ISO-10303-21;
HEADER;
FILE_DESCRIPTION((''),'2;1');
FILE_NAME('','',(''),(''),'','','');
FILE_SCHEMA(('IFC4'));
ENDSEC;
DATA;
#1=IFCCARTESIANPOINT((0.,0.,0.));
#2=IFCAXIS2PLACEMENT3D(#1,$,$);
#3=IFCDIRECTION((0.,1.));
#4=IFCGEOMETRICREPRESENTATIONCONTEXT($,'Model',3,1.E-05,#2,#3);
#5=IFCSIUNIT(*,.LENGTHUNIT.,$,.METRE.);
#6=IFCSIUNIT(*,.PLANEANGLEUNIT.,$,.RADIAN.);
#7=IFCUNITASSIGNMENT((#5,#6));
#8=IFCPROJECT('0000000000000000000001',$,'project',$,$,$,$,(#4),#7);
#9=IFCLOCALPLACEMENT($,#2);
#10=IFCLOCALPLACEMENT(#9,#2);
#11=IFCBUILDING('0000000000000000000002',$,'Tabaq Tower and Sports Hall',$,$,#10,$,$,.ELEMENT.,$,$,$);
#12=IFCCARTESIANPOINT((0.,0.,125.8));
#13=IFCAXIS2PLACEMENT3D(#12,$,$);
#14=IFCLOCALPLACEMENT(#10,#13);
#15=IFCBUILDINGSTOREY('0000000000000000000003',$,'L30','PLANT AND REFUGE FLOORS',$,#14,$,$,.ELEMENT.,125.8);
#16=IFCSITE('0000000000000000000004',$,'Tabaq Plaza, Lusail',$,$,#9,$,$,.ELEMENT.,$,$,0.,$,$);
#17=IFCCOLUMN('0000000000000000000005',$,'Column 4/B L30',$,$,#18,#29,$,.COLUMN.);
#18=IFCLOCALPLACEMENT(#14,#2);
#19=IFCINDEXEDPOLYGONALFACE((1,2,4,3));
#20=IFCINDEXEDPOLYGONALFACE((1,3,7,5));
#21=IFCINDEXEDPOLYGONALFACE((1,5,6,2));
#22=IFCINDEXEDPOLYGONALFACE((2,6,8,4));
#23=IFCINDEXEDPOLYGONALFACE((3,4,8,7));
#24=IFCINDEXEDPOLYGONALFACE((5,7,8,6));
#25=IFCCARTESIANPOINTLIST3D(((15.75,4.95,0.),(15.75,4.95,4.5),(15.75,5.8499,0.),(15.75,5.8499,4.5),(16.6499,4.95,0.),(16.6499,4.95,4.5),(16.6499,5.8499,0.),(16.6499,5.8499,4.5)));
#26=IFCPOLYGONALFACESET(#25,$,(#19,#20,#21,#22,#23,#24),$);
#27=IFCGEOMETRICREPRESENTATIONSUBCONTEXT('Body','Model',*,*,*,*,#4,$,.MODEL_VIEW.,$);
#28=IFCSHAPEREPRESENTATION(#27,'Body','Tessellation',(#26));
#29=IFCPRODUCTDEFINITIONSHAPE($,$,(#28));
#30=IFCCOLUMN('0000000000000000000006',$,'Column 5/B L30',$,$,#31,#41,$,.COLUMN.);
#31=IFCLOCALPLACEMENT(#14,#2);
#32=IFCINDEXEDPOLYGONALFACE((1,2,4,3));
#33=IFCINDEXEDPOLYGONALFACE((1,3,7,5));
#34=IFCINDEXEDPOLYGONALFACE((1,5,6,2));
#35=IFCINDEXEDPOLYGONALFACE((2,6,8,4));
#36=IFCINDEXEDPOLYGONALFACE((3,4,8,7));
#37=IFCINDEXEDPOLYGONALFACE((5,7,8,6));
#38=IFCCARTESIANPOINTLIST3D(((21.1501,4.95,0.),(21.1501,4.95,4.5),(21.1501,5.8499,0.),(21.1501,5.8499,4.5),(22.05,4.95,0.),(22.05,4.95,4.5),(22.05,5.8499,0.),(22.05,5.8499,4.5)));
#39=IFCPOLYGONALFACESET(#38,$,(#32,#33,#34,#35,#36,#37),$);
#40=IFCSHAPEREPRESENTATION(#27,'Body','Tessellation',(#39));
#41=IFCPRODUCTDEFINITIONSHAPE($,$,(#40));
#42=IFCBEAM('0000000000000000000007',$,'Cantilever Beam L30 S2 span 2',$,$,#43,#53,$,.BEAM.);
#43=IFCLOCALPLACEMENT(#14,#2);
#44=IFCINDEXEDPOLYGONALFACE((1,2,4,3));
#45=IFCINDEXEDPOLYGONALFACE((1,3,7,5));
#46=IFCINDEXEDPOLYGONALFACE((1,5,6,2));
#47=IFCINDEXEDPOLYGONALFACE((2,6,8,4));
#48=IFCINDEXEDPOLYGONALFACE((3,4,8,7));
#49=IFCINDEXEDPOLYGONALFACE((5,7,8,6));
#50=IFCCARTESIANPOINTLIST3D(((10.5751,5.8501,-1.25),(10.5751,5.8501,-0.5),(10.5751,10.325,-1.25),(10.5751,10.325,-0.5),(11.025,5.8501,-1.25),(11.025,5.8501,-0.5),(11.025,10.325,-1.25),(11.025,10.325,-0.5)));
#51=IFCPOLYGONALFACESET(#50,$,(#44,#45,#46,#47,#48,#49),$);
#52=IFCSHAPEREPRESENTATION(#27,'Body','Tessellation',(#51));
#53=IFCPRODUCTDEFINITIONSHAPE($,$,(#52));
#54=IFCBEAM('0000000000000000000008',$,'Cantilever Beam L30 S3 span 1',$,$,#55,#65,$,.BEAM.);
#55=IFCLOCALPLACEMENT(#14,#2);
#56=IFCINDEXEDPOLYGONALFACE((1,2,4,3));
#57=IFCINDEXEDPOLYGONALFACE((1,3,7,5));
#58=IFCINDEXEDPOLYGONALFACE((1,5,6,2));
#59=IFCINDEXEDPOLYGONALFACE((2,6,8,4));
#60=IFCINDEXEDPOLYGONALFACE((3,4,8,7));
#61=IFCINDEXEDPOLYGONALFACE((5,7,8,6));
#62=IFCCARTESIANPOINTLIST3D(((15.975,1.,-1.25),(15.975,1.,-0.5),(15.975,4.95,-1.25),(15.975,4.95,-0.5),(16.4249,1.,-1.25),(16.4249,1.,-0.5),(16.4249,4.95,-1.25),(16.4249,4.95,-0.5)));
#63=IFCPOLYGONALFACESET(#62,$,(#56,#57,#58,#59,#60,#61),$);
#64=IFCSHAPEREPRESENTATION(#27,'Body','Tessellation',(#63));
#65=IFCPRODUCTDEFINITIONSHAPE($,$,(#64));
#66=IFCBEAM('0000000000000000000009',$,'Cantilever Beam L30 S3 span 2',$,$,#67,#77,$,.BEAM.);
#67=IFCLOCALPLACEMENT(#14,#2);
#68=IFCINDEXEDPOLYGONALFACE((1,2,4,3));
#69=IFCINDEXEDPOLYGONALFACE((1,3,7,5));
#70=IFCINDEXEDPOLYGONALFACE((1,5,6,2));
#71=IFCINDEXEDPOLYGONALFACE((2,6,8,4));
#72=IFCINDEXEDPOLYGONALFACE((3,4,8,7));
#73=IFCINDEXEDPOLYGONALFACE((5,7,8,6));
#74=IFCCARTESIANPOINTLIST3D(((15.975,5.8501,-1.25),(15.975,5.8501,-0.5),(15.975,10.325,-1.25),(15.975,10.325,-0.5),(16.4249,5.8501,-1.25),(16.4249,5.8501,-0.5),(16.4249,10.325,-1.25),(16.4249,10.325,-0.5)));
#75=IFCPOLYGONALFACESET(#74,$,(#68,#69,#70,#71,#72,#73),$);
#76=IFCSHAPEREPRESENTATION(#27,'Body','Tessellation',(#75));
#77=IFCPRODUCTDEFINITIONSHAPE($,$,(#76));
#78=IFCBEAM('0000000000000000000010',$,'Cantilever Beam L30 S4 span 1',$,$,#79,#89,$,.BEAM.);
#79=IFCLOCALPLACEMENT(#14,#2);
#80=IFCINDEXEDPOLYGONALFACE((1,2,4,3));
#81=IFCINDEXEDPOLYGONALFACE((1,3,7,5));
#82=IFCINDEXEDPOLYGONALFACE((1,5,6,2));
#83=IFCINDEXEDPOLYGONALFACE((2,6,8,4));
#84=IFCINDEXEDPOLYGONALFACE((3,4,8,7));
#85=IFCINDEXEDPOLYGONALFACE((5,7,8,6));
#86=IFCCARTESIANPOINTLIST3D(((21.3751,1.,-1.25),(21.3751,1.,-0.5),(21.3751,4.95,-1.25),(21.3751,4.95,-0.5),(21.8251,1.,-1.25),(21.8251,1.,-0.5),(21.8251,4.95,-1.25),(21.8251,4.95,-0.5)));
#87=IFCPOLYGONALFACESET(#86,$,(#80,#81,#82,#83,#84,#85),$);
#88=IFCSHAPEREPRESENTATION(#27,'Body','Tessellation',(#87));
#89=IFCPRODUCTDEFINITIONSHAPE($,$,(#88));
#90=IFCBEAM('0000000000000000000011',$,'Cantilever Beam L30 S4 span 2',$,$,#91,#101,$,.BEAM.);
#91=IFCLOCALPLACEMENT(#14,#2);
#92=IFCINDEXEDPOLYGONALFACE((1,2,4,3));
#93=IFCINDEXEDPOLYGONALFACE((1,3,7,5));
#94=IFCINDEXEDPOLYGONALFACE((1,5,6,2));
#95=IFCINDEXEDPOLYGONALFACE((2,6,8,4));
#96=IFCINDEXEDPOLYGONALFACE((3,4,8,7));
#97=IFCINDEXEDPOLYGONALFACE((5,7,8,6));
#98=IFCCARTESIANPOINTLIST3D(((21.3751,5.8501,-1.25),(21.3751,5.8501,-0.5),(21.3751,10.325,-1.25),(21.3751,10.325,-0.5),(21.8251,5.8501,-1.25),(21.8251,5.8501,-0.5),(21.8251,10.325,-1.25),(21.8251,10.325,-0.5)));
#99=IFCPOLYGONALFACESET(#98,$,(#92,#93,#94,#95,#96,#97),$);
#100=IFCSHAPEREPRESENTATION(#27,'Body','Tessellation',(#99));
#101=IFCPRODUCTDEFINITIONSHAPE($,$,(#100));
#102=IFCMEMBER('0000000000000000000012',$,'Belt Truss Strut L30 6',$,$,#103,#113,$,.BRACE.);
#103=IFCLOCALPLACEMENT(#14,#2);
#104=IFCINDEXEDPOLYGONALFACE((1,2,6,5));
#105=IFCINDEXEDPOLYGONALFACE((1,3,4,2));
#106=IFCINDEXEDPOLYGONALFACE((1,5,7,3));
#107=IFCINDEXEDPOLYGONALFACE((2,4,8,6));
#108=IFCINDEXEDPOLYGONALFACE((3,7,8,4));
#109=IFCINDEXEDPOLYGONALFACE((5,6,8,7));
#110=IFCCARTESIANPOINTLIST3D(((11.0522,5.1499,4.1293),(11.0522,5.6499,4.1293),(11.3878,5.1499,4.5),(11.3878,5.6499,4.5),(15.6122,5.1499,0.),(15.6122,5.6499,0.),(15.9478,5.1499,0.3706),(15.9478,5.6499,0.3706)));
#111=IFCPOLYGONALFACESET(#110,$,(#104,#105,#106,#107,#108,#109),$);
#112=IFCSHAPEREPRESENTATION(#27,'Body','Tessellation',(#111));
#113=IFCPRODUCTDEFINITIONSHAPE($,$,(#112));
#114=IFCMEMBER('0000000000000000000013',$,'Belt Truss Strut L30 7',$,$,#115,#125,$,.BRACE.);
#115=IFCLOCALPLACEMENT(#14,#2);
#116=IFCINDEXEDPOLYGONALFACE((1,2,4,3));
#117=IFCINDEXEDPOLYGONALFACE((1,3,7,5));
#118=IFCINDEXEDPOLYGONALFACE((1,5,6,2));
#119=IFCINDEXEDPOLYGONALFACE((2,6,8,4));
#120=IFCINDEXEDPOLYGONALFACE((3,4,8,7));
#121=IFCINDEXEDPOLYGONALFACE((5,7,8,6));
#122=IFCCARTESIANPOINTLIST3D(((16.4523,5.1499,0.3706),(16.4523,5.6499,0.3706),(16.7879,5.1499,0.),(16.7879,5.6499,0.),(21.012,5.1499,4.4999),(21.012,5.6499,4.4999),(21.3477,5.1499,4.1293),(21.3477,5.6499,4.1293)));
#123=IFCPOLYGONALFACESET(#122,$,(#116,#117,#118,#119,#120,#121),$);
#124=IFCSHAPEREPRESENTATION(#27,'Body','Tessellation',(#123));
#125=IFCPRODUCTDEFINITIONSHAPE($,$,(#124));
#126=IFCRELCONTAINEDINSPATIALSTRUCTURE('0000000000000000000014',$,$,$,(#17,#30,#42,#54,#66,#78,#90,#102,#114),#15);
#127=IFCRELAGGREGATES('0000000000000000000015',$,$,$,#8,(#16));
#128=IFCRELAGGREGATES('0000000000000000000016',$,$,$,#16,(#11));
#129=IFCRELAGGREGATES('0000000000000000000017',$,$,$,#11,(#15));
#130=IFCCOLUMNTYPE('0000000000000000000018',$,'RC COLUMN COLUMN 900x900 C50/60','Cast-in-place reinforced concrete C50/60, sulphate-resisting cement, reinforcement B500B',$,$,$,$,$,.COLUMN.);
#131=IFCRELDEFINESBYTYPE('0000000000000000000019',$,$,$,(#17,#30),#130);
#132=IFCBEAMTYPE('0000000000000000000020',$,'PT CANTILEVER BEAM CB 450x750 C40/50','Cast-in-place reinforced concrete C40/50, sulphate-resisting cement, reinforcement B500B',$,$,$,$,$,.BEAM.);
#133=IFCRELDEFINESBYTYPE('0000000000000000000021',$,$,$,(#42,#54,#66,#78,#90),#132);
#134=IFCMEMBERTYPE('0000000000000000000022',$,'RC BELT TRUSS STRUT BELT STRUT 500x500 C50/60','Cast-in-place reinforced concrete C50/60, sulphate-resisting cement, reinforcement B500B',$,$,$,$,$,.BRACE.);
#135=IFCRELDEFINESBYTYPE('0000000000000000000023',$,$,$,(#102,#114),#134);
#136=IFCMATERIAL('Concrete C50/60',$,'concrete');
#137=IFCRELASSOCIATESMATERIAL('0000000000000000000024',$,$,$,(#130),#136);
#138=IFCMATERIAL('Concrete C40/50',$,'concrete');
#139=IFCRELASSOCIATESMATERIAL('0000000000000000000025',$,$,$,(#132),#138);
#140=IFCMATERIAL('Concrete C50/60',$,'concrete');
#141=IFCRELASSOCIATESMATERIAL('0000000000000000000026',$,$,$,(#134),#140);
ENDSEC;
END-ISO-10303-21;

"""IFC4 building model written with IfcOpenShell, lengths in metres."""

from ifc_helpers import new_model, si_unit, direction, frame, origin, origin_2d, place, context, subcontext, project, spatial, rectangle, extrude, material, material_profile, profile_set, type_object, element, save


model = new_model("IFC4")

# Units and contexts
model_context = context("Model", 3, precision=1e-05, world=origin(), true_north=direction((0.0, 1.0)))
body_context = subcontext(model_context, "Body", "Model", "MODEL_VIEW")
ifc_project = project(units=[si_unit("LENGTHUNIT", "METRE"), si_unit("PLANEANGLEUNIT", "RADIAN")], contexts=[model_context])

# Site, building, storey
site_placement = place(None, origin())
site = spatial("IfcSite", under=ifc_project, at=site_placement, Name="Tabaq Plaza, Lusail", CompositionType="ELEMENT", RefElevation=0.0)
building_placement = place(site_placement, origin())
building = spatial("IfcBuilding", under=site, at=building_placement, Name="Tabaq Tower and Sports Hall", CompositionType="ELEMENT")
storey_placement = place(building_placement, frame((0.0, 0.0, 125.8)))
storey = spatial("IfcBuildingStorey", under=building, at=storey_placement, Name="L30", Description="PLANT AND REFUGE FLOORS", CompositionType="ELEMENT", Elevation=125.8)

# Columns
ifc_material_1 = material(Name="Concrete C50/60", Category="concrete")
ifc_material_profile_1 = material_profile(ifc_material_1, rectangle(XDim=0.8999, YDim=0.8999, at=origin_2d()), Name="COLUMN 900x900")
ifc_profile_set_1 = profile_set([ifc_material_profile_1], Name="Concrete C50/60")
column_type = type_object("IfcColumnType", Name="RC COLUMN COLUMN 900x900 C50/60", Description="Cast-in-place reinforced concrete C50/60, sulphate-resisting cement, reinforcement B500B", PredefinedType="COLUMN", material=ifc_profile_set_1)
for number, where, z_axis, x_axis, name in (
    (1, (16.2, 5.3999, 0.0), (0.0, 0.0, 1.0), (1.0, 0.0, 0.0), "Column 4/B L30"),
    (2, (21.6001, 5.3999, 0.0), (0.0, 0.0, 1.0), (1.0, 0.0, 0.0), "Column 5/B L30"),
):
    element("IfcColumn", number, at=place(storey_placement, frame(where, z_axis=z_axis, x_axis=x_axis)), inside=storey, type_object=column_type, Name=name, PredefinedType="COLUMN", context=body_context, shape_type="SweptSolid", body=[
        extrude(rectangle(XDim=0.8999, YDim=0.8999, at=origin_2d()), origin(), (0.0, 0.0, 1.0), 4.5),
    ])

# Beams
ifc_material_2 = material(Name="Concrete C40/50", Category="concrete")
ifc_material_profile_2 = material_profile(ifc_material_2, rectangle(XDim=0.45, YDim=0.75, at=origin_2d()), Name="CB 450x750")
ifc_profile_set_2 = profile_set([ifc_material_profile_2], Name="Concrete C40/50")
beam_type = type_object("IfcBeamType", Name="PT CANTILEVER BEAM CB 450x750 C40/50", Description="Cast-in-place reinforced concrete C40/50, sulphate-resisting cement, reinforcement B500B", PredefinedType="BEAM", material=ifc_profile_set_2)
beam_1_placement = place(storey_placement, frame((10.8, 5.8501, -0.875), z_axis=(0.0, 1.0, 0.0), x_axis=(-1.0, 0.0, 0.0)))
element("IfcBeam", 3, at=beam_1_placement, inside=storey, type_object=beam_type, Name="Cantilever Beam L30 S2 span 2", PredefinedType="BEAM", context=body_context, shape_type="SweptSolid", body=[
    extrude(rectangle(XDim=0.45, YDim=0.75, at=origin_2d()), origin(), (0.0, 0.0, 1.0), 4.4749),
])
beam_2_placement = place(storey_placement, frame((16.2, 1.0, -0.875), z_axis=(0.0, 1.0, 0.0), x_axis=(-1.0, 0.0, 0.0)))
element("IfcBeam", 4, at=beam_2_placement, inside=storey, type_object=beam_type, Name="Cantilever Beam L30 S3 span 1", PredefinedType="BEAM", context=body_context, shape_type="SweptSolid", body=[
    extrude(rectangle(XDim=0.45, YDim=0.75, at=origin_2d()), origin(), (0.0, 0.0, 1.0), 3.95),
])
beam_3_placement = place(storey_placement, frame((16.2, 5.8501, -0.875), z_axis=(0.0, 1.0, 0.0), x_axis=(-1.0, 0.0, 0.0)))
element("IfcBeam", 5, at=beam_3_placement, inside=storey, type_object=beam_type, Name="Cantilever Beam L30 S3 span 2", PredefinedType="BEAM", context=body_context, shape_type="SweptSolid", body=[
    extrude(rectangle(XDim=0.45, YDim=0.75, at=origin_2d()), origin(), (0.0, 0.0, 1.0), 4.4749),
])
beam_4_placement = place(storey_placement, frame((21.6001, 1.0, -0.875), z_axis=(0.0, 1.0, 0.0), x_axis=(-1.0, 0.0, 0.0)))
element("IfcBeam", 6, at=beam_4_placement, inside=storey, type_object=beam_type, Name="Cantilever Beam L30 S4 span 1", PredefinedType="BEAM", context=body_context, shape_type="SweptSolid", body=[
    extrude(rectangle(XDim=0.45, YDim=0.75, at=origin_2d()), origin(), (0.0, 0.0, 1.0), 3.95),
])
beam_5_placement = place(storey_placement, frame((21.6001, 5.8501, -0.875), z_axis=(0.0, 1.0, 0.0), x_axis=(-1.0, 0.0, 0.0)))
element("IfcBeam", 7, at=beam_5_placement, inside=storey, type_object=beam_type, Name="Cantilever Beam L30 S4 span 2", PredefinedType="BEAM", context=body_context, shape_type="SweptSolid", body=[
    extrude(rectangle(XDim=0.45, YDim=0.75, at=origin_2d()), origin(), (0.0, 0.0, 1.0), 4.4749),
])

# Members
ifc_material_3 = material(Name="Concrete C50/60", Category="concrete")
ifc_material_profile_3 = material_profile(ifc_material_3, rectangle(XDim=0.5, YDim=0.5, at=origin_2d()), Name="BELT STRUT 500x500")
ifc_profile_set_3 = profile_set([ifc_material_profile_3], Name="Concrete C50/60")
member_type = type_object("IfcMemberType", Name="RC BELT TRUSS STRUT BELT STRUT 500x500 C50/60", Description="Cast-in-place reinforced concrete C50/60, sulphate-resisting cement, reinforcement B500B", PredefinedType="BRACE", material=ifc_profile_set_3)
member_1_placement = place(storey_placement, frame((15.78, 5.3999, 0.1853), z_axis=(-0.741242, 0.0, 0.671237), x_axis=(0.0, -1.0, 0.0)))
element("IfcMember", 8, at=member_1_placement, inside=storey, type_object=member_type, Name="Belt Truss Strut L30 6", PredefinedType="BRACE", context=body_context, shape_type="SweptSolid", body=[
    extrude(rectangle(XDim=0.5, YDim=0.5, at=origin_2d()), origin(), (0.0, 0.0, 1.0), 6.1519),
])
member_2_placement = place(storey_placement, frame((16.6201, 5.3999, 0.1853), z_axis=(0.741224, 0.0, 0.671257), x_axis=(0.0, 1.0, 0.0)))
element("IfcMember", 9, at=member_2_placement, inside=storey, type_object=member_type, Name="Belt Truss Strut L30 7", PredefinedType="BRACE", context=body_context, shape_type="SweptSolid", body=[
    extrude(rectangle(XDim=0.5, YDim=0.5, at=origin_2d()), origin(), (0.0, 0.0, 1.0), 6.1516),
])

save(model, "model.ifc")
